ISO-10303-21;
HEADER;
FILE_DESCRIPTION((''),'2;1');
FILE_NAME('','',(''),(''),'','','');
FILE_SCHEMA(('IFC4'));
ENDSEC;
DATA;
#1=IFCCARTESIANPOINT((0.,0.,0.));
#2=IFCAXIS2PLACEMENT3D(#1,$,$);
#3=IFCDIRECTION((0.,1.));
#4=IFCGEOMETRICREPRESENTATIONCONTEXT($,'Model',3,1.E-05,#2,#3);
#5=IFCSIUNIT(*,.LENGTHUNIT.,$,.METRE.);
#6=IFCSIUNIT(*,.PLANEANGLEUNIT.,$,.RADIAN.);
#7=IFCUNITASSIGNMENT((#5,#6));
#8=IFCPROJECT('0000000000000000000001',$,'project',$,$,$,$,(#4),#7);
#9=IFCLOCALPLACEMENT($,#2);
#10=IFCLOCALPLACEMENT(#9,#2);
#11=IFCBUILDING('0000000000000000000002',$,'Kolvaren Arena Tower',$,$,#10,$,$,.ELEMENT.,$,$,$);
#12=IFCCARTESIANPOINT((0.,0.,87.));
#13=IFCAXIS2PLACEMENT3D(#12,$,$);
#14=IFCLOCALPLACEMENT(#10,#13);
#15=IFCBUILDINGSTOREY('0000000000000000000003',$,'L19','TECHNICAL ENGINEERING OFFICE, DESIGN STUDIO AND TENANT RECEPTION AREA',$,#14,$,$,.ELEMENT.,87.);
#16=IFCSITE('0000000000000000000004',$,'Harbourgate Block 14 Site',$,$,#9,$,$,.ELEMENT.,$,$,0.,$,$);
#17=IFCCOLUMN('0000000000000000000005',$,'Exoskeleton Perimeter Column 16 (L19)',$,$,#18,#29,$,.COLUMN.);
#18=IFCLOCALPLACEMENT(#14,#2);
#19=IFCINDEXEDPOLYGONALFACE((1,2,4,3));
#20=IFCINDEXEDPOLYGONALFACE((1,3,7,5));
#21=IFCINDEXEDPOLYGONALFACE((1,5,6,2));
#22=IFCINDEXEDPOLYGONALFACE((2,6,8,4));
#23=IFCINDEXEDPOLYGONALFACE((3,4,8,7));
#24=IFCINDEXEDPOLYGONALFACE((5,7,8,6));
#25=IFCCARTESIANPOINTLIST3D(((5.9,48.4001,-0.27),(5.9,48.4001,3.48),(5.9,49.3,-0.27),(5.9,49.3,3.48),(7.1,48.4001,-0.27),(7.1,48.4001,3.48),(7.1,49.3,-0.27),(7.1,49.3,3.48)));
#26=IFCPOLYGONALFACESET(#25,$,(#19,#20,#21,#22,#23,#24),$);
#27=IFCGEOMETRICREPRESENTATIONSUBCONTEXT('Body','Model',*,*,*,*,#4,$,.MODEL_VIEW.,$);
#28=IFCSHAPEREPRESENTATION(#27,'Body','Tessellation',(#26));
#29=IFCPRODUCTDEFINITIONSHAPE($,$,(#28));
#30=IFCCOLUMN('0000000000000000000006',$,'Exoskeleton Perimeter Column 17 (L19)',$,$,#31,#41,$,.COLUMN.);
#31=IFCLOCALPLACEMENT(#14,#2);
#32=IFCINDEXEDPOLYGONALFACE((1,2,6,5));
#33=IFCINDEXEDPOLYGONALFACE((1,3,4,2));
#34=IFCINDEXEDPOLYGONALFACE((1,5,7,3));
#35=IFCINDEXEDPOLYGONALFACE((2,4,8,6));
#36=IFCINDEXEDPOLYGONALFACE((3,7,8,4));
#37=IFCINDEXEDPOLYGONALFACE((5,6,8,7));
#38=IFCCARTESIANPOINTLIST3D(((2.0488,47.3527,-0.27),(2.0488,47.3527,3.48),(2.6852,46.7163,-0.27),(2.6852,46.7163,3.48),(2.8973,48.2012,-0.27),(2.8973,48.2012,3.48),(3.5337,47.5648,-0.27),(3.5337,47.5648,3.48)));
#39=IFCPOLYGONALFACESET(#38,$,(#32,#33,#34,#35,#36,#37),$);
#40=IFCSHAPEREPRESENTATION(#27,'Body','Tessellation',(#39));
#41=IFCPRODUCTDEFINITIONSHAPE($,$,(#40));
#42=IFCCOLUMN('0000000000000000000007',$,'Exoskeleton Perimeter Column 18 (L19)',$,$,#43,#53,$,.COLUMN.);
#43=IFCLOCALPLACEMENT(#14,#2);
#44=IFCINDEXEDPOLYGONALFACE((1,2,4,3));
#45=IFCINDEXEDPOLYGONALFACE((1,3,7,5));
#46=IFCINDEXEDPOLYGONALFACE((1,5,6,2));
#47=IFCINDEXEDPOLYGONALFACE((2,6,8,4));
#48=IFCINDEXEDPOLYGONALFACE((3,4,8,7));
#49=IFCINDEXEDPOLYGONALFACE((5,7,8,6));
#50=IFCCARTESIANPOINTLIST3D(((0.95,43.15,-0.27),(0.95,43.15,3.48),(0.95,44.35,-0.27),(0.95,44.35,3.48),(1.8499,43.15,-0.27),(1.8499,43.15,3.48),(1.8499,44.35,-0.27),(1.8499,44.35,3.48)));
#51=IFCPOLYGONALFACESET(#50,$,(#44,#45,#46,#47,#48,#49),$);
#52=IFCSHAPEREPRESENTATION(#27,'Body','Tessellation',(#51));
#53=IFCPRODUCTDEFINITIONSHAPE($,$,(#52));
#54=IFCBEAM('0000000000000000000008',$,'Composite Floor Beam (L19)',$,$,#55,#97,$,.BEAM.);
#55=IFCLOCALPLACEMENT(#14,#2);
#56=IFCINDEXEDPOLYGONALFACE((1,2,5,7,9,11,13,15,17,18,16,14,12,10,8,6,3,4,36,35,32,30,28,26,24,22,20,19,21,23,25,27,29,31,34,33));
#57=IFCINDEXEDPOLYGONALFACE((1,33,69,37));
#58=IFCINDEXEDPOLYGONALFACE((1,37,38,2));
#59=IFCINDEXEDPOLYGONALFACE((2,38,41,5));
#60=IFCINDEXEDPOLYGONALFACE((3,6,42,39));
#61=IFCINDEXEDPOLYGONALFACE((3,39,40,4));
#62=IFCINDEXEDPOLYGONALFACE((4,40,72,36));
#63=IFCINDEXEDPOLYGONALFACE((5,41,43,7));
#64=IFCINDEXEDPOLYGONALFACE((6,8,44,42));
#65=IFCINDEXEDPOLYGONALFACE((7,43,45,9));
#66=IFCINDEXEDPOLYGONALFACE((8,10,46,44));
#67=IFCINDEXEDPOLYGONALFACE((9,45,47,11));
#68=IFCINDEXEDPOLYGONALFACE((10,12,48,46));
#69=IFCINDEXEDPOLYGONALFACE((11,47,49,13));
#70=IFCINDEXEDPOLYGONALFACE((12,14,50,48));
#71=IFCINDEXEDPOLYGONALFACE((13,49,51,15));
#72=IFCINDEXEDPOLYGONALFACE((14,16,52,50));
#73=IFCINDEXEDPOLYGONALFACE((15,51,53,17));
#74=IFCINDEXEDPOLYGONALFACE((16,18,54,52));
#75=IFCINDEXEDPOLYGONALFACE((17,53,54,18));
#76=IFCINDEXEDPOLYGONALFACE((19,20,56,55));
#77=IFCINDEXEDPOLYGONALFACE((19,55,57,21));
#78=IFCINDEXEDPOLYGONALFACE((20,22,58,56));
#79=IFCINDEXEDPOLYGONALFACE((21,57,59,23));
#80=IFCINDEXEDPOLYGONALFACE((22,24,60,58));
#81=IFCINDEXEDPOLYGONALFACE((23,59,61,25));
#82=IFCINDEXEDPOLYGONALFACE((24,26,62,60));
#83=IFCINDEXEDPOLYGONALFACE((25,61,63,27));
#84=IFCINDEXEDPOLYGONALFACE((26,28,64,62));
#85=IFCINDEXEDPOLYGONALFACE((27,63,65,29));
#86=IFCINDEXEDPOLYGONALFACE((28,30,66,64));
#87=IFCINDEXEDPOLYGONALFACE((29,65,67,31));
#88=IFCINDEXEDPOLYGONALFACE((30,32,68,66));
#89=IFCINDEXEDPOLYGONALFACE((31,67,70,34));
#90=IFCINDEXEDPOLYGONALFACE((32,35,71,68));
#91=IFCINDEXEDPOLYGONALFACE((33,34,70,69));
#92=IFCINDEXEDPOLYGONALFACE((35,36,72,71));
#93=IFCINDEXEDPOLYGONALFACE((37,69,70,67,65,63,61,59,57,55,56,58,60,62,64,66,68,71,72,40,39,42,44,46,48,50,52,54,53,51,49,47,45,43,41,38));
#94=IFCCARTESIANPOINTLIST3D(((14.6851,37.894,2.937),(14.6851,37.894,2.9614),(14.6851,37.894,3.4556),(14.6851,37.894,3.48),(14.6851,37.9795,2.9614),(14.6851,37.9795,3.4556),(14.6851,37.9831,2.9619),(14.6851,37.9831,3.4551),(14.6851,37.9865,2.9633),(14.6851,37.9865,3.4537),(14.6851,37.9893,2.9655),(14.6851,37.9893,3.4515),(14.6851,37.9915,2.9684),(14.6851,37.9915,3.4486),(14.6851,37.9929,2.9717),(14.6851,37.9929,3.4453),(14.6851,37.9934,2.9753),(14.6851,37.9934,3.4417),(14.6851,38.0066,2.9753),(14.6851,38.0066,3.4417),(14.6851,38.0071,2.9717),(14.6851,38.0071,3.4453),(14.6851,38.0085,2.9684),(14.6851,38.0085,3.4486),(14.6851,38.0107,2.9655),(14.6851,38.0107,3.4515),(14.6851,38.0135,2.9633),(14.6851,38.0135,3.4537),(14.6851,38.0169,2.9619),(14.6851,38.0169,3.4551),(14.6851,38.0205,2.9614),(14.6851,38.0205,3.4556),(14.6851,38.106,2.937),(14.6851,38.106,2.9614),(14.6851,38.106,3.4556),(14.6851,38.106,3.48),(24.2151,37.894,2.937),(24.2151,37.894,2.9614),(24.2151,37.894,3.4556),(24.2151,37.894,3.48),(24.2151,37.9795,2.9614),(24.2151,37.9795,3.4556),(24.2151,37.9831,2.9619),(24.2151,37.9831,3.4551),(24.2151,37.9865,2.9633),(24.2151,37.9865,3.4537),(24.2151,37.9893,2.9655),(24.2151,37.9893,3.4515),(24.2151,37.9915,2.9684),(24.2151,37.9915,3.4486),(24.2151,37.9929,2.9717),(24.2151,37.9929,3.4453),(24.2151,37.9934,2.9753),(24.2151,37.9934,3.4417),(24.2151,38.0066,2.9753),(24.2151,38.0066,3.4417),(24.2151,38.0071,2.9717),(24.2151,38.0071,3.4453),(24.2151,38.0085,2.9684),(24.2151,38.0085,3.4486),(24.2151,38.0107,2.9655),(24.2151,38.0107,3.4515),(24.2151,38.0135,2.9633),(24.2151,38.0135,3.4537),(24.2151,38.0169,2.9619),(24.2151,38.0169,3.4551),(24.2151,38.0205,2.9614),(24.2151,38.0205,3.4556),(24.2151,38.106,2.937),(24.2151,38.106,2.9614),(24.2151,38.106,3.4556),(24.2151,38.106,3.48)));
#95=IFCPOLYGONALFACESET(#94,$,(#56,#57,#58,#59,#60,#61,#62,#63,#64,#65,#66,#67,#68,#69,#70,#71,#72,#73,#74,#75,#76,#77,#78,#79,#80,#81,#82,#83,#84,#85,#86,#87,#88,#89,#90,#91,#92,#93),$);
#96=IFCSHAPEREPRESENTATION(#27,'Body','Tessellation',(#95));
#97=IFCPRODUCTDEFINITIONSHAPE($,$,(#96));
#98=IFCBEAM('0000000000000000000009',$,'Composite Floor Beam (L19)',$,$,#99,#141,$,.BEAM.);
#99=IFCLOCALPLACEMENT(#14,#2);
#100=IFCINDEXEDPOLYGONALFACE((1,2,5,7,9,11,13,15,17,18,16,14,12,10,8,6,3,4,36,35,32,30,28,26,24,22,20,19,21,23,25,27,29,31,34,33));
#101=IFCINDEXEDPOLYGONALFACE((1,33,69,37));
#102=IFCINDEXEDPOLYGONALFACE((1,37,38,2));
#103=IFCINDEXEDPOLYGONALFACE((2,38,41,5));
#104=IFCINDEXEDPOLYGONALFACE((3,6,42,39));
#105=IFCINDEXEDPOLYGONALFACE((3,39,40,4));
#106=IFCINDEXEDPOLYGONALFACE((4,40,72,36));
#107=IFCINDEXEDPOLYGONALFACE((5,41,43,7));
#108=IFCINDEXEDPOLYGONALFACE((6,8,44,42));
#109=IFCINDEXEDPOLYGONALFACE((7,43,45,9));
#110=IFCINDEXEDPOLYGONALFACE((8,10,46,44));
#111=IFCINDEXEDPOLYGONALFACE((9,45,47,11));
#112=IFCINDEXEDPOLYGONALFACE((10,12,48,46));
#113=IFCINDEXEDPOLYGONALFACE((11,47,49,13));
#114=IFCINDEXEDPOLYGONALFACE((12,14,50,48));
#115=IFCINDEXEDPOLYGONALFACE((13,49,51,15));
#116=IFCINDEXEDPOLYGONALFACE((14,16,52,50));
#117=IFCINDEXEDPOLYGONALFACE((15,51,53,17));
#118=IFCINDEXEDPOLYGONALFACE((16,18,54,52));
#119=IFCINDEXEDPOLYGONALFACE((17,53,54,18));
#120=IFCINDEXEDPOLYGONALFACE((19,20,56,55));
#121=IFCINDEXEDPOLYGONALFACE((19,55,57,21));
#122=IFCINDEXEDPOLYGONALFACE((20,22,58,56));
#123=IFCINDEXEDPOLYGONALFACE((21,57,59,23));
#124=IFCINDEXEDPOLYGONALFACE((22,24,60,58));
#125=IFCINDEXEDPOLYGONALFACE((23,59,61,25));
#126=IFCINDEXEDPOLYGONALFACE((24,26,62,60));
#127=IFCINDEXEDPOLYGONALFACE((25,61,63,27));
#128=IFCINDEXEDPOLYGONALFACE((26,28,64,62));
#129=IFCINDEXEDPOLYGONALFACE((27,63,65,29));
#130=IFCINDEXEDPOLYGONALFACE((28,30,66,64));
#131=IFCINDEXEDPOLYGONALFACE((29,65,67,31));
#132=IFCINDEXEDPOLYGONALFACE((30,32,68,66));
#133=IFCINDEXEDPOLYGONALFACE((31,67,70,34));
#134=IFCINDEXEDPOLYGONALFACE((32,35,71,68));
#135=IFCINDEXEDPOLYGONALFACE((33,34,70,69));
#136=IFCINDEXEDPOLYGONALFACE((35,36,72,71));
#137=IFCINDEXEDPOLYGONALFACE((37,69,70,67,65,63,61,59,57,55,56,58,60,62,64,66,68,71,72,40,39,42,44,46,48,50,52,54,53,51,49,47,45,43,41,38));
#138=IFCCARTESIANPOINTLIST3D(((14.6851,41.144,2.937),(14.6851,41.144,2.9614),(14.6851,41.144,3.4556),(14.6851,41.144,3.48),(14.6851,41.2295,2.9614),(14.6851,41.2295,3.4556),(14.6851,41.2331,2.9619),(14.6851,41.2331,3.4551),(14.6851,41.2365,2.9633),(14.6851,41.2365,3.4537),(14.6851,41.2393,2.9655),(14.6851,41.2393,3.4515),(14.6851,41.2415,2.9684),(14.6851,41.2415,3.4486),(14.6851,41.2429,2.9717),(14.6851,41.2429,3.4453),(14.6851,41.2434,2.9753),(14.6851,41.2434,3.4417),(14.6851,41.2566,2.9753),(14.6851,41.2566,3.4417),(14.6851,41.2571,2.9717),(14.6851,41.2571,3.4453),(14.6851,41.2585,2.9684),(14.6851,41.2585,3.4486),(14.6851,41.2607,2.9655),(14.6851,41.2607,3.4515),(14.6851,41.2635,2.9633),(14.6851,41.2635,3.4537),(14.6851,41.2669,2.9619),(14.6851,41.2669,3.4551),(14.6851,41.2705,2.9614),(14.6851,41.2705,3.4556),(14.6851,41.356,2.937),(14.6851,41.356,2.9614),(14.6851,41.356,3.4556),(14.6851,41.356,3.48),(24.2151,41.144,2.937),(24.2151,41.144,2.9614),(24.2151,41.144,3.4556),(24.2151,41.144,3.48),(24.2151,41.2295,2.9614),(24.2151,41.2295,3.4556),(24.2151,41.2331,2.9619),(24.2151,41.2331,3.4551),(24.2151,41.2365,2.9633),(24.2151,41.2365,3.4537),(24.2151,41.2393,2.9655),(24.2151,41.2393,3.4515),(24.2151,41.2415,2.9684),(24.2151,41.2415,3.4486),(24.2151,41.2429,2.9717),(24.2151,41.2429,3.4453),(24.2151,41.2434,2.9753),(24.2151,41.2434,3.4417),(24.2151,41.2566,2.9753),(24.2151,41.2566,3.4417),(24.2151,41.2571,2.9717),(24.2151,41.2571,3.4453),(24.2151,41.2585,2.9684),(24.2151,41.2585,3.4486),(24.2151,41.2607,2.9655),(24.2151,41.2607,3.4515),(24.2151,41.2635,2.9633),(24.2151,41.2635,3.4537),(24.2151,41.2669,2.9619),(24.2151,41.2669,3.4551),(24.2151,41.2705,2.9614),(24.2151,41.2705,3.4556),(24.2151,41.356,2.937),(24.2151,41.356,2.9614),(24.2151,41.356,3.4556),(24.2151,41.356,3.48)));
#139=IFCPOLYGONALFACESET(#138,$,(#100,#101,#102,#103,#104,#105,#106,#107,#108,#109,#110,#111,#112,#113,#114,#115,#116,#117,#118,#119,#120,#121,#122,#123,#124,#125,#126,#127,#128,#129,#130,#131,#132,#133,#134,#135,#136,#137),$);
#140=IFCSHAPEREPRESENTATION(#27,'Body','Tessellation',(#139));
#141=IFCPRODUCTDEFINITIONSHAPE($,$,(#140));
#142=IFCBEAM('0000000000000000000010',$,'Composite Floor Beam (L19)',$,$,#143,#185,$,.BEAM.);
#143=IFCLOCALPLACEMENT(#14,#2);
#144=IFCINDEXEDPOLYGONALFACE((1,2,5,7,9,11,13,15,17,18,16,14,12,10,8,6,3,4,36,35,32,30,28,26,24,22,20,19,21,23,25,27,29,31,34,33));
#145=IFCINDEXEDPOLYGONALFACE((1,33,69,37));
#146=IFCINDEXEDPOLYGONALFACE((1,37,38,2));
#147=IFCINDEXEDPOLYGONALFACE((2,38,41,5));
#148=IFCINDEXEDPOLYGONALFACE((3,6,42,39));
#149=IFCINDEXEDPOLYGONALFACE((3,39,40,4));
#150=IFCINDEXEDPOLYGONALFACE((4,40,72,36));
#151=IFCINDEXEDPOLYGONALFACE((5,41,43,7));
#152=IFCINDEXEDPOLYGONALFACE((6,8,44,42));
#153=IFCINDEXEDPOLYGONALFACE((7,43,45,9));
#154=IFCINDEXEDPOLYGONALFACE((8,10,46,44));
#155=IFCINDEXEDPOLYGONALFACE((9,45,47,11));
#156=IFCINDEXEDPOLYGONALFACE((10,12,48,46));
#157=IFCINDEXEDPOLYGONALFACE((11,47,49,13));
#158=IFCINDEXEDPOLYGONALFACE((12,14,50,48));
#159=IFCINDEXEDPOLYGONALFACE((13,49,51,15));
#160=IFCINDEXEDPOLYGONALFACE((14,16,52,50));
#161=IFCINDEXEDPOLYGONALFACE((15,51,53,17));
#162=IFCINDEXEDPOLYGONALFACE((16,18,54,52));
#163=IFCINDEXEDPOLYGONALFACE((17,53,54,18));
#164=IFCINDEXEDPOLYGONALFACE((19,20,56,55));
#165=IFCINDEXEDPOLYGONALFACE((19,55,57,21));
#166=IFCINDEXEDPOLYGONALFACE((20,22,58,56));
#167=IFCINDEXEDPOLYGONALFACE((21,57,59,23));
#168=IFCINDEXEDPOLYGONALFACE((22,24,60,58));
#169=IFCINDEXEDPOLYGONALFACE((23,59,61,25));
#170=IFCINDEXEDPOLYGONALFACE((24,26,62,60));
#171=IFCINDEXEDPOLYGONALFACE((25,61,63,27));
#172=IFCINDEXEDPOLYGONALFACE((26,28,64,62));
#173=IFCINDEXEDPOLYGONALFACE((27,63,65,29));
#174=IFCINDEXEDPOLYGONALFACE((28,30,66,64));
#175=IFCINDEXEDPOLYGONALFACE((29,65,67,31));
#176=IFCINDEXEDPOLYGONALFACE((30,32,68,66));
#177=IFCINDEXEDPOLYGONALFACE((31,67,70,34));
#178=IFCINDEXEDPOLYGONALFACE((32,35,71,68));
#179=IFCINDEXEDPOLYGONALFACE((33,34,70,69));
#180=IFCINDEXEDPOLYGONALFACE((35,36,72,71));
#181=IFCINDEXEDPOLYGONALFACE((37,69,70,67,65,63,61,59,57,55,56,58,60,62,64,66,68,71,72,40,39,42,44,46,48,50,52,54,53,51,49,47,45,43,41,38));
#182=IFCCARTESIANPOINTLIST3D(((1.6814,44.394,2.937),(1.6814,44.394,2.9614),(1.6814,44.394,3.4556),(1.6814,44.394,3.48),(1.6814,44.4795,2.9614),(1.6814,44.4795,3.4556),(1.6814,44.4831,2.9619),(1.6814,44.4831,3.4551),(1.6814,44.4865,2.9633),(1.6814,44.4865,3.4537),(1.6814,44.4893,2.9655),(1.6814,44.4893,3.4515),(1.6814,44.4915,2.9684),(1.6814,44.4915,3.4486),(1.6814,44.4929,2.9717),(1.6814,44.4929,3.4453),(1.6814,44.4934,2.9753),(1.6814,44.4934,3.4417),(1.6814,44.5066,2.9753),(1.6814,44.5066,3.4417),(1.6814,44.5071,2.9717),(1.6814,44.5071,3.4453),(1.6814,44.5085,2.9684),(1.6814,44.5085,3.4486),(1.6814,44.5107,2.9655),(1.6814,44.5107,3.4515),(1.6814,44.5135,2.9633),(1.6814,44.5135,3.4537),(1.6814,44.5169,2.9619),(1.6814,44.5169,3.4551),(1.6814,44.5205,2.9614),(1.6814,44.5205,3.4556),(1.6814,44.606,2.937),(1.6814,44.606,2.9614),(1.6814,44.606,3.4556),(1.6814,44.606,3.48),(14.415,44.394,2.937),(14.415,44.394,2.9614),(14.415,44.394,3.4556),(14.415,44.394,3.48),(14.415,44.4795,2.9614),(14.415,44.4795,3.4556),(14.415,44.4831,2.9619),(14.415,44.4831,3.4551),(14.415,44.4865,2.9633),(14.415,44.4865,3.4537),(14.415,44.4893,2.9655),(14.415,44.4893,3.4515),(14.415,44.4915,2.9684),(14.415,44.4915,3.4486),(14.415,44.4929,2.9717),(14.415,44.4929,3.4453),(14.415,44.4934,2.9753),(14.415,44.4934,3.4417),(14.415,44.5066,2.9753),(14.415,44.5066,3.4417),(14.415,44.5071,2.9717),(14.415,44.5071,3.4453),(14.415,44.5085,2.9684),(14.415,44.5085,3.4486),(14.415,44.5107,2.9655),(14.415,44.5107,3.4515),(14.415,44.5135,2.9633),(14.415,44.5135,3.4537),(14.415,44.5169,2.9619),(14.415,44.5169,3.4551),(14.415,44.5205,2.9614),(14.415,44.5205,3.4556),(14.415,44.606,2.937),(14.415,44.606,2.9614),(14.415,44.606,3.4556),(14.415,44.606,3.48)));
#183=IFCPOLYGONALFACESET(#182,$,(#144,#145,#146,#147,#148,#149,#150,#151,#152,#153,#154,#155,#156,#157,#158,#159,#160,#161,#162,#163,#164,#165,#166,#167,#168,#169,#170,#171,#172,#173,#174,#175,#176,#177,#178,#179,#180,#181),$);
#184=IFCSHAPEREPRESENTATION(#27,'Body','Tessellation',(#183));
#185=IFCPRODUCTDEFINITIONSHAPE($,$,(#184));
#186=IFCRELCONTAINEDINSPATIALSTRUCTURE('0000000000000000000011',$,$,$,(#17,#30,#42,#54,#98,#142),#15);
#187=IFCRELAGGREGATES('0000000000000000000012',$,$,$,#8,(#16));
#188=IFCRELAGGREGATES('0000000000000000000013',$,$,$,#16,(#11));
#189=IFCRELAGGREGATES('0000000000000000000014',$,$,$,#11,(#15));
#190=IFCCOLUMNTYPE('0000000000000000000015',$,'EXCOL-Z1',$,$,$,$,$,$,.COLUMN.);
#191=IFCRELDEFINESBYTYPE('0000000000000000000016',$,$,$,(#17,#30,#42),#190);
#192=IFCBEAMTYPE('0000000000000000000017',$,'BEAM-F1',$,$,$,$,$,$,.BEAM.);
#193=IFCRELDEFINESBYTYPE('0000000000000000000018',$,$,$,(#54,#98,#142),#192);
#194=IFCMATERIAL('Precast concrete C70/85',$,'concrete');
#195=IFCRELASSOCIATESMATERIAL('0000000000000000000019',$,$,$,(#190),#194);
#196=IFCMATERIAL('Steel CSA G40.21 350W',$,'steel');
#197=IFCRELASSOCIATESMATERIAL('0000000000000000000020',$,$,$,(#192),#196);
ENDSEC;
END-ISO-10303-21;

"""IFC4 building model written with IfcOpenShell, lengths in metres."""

from ifc_helpers import new_model, si_unit, direction, frame, origin, origin_2d, place, context, subcontext, project, spatial, rectangle, i_section, extrude, material, material_profile, profile_set, type_object, element, save


model = new_model("IFC4")

# Units and contexts
model_context = context("Model", 3, precision=1e-05, world=origin(), true_north=direction((0.0, 1.0)))
body_context = subcontext(model_context, "Body", "Model", "MODEL_VIEW")
ifc_project = project(units=[si_unit("LENGTHUNIT", "METRE"), si_unit("PLANEANGLEUNIT", "RADIAN")], contexts=[model_context])

# Site, building, storey
site_placement = place(None, origin())
site = spatial("IfcSite", under=ifc_project, at=site_placement, Name="Harbourgate Block 14 Site", CompositionType="ELEMENT", RefElevation=0.0)
building_placement = place(site_placement, origin())
building = spatial("IfcBuilding", under=site, at=building_placement, Name="Kolvaren Arena Tower", CompositionType="ELEMENT")
storey_placement = place(building_placement, frame((0.0, 0.0, 87.0)))
storey = spatial("IfcBuildingStorey", under=building, at=storey_placement, Name="L19", Description="TECHNICAL ENGINEERING OFFICE, DESIGN STUDIO AND TENANT RECEPTION AREA", CompositionType="ELEMENT", Elevation=87.0)

# Columns
ifc_material_1 = material(Name="Precast concrete C70/85", Category="concrete")
ifc_material_profile_1 = material_profile(ifc_material_1, rectangle(XDim=1.2, YDim=0.8999, at=origin_2d()), Name="RC-1200x900")
ifc_profile_set_1 = profile_set([ifc_material_profile_1], Name="Precast concrete C70/85")
column_type = type_object("IfcColumnType", Name="EXCOL-Z1", PredefinedType="COLUMN", material=ifc_profile_set_1)
for number, where, z_axis, x_axis, name in (
    (1, (6.5, 48.8501, -0.27), (0.0, 0.0, 1.0), (1.0, 0.0, 0.0), "Exoskeleton Perimeter Column 16 (L19)"),
    (2, (2.7913, 47.4587, -0.27), (0.0, 0.0, 1.0), (0.707107, 0.707107, 0.0), "Exoskeleton Perimeter Column 17 (L19)"),
    (3, (1.3999, 43.75, -0.27), (0.0, 0.0, 1.0), (0.0, 1.0, 0.0), "Exoskeleton Perimeter Column 18 (L19)"),
):
    element("IfcColumn", number, at=place(storey_placement, frame(where, z_axis=z_axis, x_axis=x_axis)), inside=storey, type_object=column_type, Name=name, PredefinedType="COLUMN", context=body_context, shape_type="SweptSolid", body=[
        extrude(rectangle(XDim=1.2, YDim=0.8999, at=origin_2d()), origin(), (0.0, 0.0, 1.0), 3.75),
    ])

# Beams
ifc_material_2 = material(Name="Steel CSA G40.21 350W", Category="steel")
ifc_material_profile_2 = material_profile(ifc_material_2, i_section(OverallWidth=0.2119, OverallDepth=0.543, WebThickness=0.0132, FlangeThickness=0.0244, FilletRadius=0.0139, at=origin_2d()), Name="W530x150")
ifc_profile_set_2 = profile_set([ifc_material_profile_2], Name="Steel CSA G40.21 350W")
beam_type_1 = type_object("IfcBeamType", Name="BEAM-F1", PredefinedType="BEAM", material=ifc_profile_set_2)
for number, where, z_axis, x_axis, name in (
    (4, (14.6851, 38.0, 3.2085), (1.0, 0.0, 0.0), (0.0, 1.0, 0.0), "Composite Floor Beam (L19)"),
    (5, (14.6851, 41.25, 3.2085), (1.0, 0.0, 0.0), (0.0, 1.0, 0.0), "Composite Floor Beam (L19)"),
):
    element("IfcBeam", number, at=place(storey_placement, frame(where, z_axis=z_axis, x_axis=x_axis)), inside=storey, type_object=beam_type_1, Name=name, PredefinedType="BEAM", context=body_context, shape_type="SweptSolid", body=[
        extrude(i_section(OverallWidth=0.2119, OverallDepth=0.543, WebThickness=0.0132, FlangeThickness=0.0244, FilletRadius=0.0139, at=origin_2d()), origin(), (0.0, 0.0, 1.0), 9.53),
    ])
beam_1_placement = place(storey_placement, frame((1.6814, 44.5, 3.2085), z_axis=(1.0, 0.0, 0.0), x_axis=(0.0, 1.0, 0.0)))
element("IfcBeam", 6, at=beam_1_placement, inside=storey, type_object=beam_type_1, Name="Composite Floor Beam (L19)", PredefinedType="BEAM", context=body_context, shape_type="SweptSolid", body=[
    extrude(i_section(OverallWidth=0.2119, OverallDepth=0.543, WebThickness=0.0132, FlangeThickness=0.0244, FilletRadius=0.0139, at=origin_2d()), origin(), (0.0, 0.0, 1.0), 12.7336),
])

save(model, "model.ifc")
